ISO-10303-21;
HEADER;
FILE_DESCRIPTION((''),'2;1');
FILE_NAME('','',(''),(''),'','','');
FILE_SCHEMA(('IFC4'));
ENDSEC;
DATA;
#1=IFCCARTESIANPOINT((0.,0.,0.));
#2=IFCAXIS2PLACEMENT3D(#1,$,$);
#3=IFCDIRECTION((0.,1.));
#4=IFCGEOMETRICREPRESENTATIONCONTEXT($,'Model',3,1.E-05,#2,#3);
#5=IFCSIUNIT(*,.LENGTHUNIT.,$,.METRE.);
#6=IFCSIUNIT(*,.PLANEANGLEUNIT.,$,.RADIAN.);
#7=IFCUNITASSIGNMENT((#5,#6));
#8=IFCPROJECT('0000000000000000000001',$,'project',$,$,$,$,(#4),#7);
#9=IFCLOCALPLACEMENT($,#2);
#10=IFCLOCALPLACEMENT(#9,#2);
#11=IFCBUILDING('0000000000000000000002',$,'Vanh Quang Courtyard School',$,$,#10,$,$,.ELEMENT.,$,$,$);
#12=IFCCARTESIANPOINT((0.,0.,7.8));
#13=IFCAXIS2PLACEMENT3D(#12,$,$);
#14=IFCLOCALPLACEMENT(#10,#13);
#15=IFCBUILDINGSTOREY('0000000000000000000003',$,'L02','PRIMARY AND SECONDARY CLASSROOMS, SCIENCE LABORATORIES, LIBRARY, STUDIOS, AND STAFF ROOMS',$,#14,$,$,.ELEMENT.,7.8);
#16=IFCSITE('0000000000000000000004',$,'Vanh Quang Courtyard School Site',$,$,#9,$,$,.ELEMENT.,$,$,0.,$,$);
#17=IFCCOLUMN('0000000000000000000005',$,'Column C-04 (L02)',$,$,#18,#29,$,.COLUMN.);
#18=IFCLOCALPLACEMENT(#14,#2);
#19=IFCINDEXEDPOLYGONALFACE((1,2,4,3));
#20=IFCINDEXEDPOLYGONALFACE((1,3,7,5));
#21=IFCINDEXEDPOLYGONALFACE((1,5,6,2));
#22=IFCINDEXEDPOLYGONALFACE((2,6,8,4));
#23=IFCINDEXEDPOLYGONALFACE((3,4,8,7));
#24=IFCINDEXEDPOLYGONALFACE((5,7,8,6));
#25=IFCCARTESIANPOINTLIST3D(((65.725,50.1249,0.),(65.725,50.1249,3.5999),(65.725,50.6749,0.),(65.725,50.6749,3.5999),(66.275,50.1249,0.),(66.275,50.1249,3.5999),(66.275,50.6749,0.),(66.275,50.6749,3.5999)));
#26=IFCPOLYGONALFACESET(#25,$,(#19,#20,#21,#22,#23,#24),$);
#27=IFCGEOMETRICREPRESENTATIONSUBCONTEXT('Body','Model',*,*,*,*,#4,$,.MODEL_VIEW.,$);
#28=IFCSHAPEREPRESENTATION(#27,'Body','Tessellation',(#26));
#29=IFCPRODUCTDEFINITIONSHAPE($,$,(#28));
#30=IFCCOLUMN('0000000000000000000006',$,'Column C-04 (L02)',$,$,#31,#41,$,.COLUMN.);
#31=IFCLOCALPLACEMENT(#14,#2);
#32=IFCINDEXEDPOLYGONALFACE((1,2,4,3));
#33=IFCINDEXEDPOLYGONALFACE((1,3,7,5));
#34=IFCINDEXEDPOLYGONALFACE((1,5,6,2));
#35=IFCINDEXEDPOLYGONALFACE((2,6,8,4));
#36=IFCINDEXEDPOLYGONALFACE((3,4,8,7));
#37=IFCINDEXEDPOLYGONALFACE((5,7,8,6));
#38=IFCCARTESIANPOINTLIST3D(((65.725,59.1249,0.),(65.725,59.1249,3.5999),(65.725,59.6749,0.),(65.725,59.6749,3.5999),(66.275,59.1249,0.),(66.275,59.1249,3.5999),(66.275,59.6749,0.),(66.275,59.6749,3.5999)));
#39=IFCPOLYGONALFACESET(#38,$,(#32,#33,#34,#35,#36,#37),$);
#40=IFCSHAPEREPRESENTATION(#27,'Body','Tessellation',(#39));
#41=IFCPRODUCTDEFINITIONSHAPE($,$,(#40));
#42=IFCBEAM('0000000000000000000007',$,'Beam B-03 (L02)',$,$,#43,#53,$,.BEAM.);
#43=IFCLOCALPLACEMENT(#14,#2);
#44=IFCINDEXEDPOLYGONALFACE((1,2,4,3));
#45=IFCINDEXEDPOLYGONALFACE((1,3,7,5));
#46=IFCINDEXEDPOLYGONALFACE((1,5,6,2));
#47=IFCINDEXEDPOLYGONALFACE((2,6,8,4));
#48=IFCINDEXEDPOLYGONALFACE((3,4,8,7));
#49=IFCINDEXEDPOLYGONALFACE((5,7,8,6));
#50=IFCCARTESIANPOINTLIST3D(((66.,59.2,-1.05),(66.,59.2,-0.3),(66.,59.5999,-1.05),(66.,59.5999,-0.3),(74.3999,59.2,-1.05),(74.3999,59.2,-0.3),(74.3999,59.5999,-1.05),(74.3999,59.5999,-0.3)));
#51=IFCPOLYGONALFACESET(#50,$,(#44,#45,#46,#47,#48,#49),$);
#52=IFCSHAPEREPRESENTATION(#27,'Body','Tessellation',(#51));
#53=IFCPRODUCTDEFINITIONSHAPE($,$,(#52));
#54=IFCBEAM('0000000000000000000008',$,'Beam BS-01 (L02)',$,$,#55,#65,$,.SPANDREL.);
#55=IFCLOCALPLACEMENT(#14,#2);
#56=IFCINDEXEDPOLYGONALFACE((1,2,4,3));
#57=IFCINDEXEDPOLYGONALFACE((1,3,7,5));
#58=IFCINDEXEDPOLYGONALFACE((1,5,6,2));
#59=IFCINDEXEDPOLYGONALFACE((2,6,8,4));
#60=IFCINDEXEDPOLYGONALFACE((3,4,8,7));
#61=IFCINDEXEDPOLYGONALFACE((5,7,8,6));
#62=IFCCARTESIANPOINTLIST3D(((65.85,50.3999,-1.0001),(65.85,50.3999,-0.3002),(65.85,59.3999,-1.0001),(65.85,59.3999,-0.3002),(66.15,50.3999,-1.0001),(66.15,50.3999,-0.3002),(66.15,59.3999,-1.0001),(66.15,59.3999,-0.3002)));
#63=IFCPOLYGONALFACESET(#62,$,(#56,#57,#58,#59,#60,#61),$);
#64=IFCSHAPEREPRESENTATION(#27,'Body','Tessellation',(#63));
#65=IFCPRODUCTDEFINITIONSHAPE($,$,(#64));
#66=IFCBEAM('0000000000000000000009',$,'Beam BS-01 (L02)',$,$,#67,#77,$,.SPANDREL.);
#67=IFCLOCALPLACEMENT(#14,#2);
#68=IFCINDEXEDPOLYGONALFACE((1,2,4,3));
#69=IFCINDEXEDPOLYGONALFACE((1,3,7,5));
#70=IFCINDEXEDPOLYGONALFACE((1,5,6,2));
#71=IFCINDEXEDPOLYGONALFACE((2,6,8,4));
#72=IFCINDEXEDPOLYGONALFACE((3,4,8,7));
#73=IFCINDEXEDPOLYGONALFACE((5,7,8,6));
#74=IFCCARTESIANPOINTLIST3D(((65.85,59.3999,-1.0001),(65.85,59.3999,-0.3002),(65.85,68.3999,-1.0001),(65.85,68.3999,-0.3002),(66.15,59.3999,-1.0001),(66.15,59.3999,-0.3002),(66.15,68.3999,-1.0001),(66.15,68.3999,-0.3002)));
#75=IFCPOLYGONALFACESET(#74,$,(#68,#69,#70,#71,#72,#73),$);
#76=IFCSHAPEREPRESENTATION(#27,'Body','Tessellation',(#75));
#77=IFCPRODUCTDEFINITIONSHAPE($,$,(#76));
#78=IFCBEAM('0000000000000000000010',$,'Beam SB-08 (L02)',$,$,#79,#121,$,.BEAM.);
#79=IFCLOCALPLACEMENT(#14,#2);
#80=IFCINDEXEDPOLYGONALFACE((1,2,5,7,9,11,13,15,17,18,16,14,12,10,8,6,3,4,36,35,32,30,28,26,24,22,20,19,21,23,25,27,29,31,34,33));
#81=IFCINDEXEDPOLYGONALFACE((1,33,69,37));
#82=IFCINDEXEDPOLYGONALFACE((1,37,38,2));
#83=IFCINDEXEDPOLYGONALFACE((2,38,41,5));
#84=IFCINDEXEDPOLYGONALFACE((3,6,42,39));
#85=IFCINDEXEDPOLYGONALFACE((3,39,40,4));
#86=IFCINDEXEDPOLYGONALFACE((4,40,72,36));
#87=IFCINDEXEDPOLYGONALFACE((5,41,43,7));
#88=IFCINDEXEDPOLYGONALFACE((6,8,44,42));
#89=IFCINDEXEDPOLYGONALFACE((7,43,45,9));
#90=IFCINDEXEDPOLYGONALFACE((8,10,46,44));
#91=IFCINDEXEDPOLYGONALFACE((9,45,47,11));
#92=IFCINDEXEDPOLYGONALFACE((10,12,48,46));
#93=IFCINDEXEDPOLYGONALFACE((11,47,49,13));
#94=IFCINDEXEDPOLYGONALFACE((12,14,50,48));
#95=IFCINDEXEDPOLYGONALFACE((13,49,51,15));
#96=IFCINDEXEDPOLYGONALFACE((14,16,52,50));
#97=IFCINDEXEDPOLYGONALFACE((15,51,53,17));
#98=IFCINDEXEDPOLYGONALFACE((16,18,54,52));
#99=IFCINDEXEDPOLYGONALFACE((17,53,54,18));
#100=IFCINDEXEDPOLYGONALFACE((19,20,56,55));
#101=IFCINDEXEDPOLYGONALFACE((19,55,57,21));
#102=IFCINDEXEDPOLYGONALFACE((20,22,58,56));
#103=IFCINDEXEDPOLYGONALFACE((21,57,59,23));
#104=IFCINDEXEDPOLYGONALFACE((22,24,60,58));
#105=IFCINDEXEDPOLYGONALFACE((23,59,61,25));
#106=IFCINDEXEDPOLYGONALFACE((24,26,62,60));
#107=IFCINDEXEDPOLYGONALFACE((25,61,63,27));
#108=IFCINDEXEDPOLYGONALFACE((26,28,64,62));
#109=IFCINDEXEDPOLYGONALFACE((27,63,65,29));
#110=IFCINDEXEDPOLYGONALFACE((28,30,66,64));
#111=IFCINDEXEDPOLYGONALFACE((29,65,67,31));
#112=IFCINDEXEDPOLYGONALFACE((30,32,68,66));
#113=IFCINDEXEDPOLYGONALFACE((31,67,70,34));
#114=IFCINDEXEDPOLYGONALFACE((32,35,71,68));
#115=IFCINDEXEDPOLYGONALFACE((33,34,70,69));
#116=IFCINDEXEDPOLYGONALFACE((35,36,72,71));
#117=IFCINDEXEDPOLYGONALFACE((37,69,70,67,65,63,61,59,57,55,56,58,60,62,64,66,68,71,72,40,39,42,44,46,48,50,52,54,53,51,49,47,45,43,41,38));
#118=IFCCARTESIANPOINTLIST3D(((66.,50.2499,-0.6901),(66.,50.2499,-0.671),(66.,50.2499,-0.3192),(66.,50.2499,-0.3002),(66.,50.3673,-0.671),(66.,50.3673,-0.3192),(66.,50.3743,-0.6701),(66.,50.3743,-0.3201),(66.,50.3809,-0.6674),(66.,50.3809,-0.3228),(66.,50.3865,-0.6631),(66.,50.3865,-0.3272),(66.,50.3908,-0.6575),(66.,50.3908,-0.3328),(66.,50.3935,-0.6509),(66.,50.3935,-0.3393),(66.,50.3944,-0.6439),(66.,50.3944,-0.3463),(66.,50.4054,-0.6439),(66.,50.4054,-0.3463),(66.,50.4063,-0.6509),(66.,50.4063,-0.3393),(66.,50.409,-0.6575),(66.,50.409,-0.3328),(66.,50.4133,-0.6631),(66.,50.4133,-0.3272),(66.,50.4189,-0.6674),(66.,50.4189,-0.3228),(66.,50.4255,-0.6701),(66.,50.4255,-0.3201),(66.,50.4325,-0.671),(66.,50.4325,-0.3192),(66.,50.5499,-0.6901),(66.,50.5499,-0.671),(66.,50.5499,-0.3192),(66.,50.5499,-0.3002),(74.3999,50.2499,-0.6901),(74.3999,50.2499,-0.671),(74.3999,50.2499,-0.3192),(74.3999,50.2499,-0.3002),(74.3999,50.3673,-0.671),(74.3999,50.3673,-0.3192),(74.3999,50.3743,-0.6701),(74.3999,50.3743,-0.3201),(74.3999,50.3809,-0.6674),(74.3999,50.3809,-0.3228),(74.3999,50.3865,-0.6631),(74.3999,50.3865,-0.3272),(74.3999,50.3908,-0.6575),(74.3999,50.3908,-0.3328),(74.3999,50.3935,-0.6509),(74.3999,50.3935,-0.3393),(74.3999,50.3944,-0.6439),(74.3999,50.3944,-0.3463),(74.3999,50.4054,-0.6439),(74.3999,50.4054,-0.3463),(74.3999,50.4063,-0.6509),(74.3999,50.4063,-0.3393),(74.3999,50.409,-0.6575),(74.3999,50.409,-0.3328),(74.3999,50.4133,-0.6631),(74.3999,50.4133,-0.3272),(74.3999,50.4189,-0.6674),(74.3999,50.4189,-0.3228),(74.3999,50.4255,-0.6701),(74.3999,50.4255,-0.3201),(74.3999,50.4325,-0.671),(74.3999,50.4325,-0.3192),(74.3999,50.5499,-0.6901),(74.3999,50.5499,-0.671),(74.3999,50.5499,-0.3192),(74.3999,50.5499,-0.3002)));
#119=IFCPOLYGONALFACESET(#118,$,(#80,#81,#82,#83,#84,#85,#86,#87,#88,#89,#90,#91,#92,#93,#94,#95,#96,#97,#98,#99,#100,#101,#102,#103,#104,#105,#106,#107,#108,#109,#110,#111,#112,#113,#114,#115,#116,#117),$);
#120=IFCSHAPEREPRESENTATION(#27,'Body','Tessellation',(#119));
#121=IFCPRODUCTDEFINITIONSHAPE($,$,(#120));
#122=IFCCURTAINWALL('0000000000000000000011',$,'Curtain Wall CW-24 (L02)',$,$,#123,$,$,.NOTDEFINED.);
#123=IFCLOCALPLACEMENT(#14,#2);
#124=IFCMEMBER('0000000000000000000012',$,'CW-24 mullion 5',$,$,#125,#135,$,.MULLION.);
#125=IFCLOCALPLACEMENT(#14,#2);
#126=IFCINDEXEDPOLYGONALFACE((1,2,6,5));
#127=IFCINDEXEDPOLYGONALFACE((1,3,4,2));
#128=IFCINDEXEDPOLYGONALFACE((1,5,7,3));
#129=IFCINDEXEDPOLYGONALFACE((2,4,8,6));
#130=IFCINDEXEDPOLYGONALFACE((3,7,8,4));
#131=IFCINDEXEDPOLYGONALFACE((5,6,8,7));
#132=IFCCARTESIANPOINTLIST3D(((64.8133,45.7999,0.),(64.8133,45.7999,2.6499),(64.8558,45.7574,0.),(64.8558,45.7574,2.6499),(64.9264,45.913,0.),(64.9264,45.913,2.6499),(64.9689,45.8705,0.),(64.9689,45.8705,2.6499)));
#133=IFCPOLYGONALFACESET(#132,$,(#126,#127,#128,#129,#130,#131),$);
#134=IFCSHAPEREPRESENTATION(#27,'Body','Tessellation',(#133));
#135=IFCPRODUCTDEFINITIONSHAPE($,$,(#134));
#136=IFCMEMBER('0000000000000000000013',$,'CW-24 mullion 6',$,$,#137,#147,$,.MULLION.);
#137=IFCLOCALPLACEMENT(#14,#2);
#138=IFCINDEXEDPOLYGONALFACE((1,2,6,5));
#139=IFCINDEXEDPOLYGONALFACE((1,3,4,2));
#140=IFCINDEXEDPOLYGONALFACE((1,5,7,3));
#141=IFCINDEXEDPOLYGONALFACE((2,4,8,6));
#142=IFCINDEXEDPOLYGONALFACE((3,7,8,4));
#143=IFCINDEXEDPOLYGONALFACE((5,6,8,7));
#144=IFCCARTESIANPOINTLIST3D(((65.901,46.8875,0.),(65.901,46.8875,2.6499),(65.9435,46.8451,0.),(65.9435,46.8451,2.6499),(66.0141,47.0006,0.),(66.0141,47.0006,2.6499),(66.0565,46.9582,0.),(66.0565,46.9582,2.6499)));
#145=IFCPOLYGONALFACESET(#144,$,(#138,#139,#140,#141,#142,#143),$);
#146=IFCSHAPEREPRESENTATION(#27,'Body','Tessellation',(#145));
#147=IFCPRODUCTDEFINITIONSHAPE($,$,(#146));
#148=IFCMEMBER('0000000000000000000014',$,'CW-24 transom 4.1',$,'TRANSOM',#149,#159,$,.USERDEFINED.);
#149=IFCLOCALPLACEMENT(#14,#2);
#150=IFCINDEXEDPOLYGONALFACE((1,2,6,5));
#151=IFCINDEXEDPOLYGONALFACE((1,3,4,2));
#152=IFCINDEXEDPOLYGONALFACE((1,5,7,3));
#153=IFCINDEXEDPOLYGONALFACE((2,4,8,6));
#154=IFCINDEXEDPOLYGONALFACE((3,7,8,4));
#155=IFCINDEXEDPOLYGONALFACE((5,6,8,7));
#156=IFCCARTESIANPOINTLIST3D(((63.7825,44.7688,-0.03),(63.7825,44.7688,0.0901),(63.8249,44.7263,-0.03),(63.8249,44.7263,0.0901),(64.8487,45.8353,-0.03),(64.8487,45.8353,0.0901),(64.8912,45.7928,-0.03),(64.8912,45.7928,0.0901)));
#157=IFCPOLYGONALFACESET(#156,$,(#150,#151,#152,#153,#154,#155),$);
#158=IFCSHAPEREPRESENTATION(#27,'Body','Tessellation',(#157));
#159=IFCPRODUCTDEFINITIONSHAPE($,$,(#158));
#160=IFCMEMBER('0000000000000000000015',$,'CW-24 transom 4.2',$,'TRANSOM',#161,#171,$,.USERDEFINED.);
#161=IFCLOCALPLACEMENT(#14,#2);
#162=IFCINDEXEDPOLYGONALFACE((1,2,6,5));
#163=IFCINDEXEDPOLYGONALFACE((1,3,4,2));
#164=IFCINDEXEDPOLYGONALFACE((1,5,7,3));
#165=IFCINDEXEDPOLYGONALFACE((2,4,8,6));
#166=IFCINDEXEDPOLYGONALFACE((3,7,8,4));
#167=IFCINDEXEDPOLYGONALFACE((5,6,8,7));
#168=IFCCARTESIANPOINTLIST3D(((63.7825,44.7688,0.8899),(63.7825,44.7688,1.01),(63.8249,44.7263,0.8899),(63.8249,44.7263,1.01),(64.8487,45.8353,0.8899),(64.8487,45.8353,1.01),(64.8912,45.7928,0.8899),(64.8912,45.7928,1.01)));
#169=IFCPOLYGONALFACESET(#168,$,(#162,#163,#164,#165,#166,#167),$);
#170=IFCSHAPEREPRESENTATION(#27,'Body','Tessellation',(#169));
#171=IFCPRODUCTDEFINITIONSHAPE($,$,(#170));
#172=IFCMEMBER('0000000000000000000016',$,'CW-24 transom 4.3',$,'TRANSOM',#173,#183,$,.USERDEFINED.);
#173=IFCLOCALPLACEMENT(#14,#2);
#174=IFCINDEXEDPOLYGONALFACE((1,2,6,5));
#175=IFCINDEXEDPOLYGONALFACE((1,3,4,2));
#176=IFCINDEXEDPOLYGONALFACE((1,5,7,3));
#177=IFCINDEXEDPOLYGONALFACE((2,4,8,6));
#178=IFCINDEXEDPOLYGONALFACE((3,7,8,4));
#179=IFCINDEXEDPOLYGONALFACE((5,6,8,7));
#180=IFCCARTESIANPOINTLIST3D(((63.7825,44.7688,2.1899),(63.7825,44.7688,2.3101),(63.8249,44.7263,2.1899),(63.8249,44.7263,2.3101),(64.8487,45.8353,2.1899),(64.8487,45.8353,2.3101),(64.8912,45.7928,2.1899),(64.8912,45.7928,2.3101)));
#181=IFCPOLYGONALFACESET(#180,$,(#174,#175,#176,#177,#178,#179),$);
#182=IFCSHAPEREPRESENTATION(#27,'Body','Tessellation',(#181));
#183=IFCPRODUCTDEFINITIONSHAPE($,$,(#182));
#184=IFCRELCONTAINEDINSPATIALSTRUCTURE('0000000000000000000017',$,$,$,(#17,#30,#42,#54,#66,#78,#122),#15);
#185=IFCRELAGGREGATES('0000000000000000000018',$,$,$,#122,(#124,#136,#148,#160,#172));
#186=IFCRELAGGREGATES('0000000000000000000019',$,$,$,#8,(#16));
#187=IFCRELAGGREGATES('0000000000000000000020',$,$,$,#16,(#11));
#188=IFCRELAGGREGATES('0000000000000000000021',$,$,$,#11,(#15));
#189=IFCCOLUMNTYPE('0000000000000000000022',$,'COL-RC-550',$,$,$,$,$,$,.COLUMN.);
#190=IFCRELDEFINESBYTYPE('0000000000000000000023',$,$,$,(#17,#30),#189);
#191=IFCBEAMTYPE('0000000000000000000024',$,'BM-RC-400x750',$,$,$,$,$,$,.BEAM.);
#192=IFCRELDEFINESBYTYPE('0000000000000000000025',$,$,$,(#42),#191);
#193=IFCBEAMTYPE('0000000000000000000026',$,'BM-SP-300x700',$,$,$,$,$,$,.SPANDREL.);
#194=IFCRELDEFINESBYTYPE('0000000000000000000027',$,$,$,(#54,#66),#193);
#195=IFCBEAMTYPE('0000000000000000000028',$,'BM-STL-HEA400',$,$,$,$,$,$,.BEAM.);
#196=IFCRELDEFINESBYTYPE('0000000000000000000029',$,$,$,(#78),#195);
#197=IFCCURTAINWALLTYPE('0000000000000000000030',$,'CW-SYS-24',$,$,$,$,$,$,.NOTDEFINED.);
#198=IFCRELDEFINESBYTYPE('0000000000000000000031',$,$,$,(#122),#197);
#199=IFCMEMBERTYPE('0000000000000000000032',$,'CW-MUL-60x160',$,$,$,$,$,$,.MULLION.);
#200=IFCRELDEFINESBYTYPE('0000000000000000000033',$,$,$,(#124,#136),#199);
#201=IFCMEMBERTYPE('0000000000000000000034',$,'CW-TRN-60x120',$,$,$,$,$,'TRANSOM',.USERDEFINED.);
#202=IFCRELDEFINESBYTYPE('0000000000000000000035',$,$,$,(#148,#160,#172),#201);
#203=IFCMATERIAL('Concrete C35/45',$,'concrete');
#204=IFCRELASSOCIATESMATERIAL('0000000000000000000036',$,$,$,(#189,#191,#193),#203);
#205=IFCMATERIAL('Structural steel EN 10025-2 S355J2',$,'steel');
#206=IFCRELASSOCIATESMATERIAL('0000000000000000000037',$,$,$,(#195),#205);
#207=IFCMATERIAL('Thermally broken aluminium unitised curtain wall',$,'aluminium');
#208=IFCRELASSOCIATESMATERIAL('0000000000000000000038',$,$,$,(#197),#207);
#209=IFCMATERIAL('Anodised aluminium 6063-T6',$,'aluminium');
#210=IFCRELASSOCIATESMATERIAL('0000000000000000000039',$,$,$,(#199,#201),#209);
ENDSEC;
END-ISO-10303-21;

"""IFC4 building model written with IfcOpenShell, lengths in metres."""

from ifc_helpers import new_model, si_unit, direction, frame, origin, origin_2d, place, context, subcontext, project, spatial, rectangle, i_section, extrude, material, material_profile, profile_set, type_object, element, aggregate, save


model = new_model("IFC4")

# Units and contexts
model_context = context("Model", 3, precision=1e-05, world=origin(), true_north=direction((0.0, 1.0)))
body_context = subcontext(model_context, "Body", "Model", "MODEL_VIEW")
ifc_project = project(units=[si_unit("LENGTHUNIT", "METRE"), si_unit("PLANEANGLEUNIT", "RADIAN")], contexts=[model_context])

# Site, building, storey
site_placement = place(None, origin())
site = spatial("IfcSite", under=ifc_project, at=site_placement, Name="Vanh Quang Courtyard School Site", CompositionType="ELEMENT", RefElevation=0.0)
building_placement = place(site_placement, origin())
building = spatial("IfcBuilding", under=site, at=building_placement, Name="Vanh Quang Courtyard School", CompositionType="ELEMENT")
storey_placement = place(building_placement, frame((0.0, 0.0, 7.8)))
storey = spatial("IfcBuildingStorey", under=building, at=storey_placement, Name="L02", Description="PRIMARY AND SECONDARY CLASSROOMS, SCIENCE LABORATORIES, LIBRARY, STUDIOS, AND STAFF ROOMS", CompositionType="ELEMENT", Elevation=7.8)

# Columns
ifc_material_1 = material(Name="Concrete C35/45", Category="concrete")
ifc_material_profile_1 = material_profile(ifc_material_1, rectangle(XDim=0.55, YDim=0.55, at=origin_2d()), Name="RC-COL 550x550")
ifc_profile_set_1 = profile_set([ifc_material_profile_1], Name="Concrete C35/45")
column_type = type_object("IfcColumnType", Name="COL-RC-550", PredefinedType="COLUMN", material=ifc_profile_set_1)
for number, where, z_axis, x_axis, name in (
    (1, (66.0, 50.3999, 0.0), (0.0, 0.0, 1.0), (1.0, 0.0, 0.0), "Column C-04 (L02)"),
    (2, (66.0, 59.3999, 0.0), (0.0, 0.0, 1.0), (1.0, 0.0, 0.0), "Column C-04 (L02)"),
):
    element("IfcColumn", number, at=place(storey_placement, frame(where, z_axis=z_axis, x_axis=x_axis)), inside=storey, type_object=column_type, Name=name, PredefinedType="COLUMN", context=body_context, shape_type="SweptSolid", body=[
        extrude(rectangle(XDim=0.55, YDim=0.55, at=origin_2d()), origin(), (0.0, 0.0, 1.0), 3.5999),
    ])

# Beams
ifc_material_profile_2 = material_profile(ifc_material_1, rectangle(XDim=0.3999, YDim=0.75, at=origin_2d()), Name="RC-BM 400x750")
ifc_profile_set_2 = profile_set([ifc_material_profile_2], Name="Concrete C35/45")
beam_type_1 = type_object("IfcBeamType", Name="BM-RC-400x750", PredefinedType="BEAM", material=ifc_profile_set_2)
beam_1_placement = place(storey_placement, frame((66.0, 59.3999, -0.675), z_axis=(1.0, 0.0, 0.0), x_axis=(0.0, 1.0, 0.0)))
element("IfcBeam", 3, at=beam_1_placement, inside=storey, type_object=beam_type_1, Name="Beam B-03 (L02)", PredefinedType="BEAM", context=body_context, shape_type="SweptSolid", body=[
    extrude(rectangle(XDim=0.3999, YDim=0.75, at=origin_2d()), origin(), (0.0, 0.0, 1.0), 8.3999),
])
ifc_material_profile_3 = material_profile(ifc_material_1, rectangle(XDim=0.3, YDim=0.7, at=origin_2d()), Name="RC-SP 300x700")
ifc_profile_set_3 = profile_set([ifc_material_profile_3], Name="Concrete C35/45")
beam_type_2 = type_object("IfcBeamType", Name="BM-SP-300x700", PredefinedType="SPANDREL", material=ifc_profile_set_3)
for number, where, z_axis, x_axis, name in (
    (4, (66.0, 50.3999, -0.6501), (0.0, 1.0, 0.0), (-1.0, 0.0, 0.0), "Beam BS-01 (L02)"),
    (5, (66.0, 59.3999, -0.6501), (0.0, 1.0, 0.0), (-1.0, 0.0, 0.0), "Beam BS-01 (L02)"),
):
    element("IfcBeam", number, at=place(storey_placement, frame(where, z_axis=z_axis, x_axis=x_axis)), inside=storey, type_object=beam_type_2, Name=name, PredefinedType="SPANDREL", context=body_context, shape_type="SweptSolid", body=[
        extrude(rectangle(XDim=0.3, YDim=0.7, at=origin_2d()), origin(), (0.0, 0.0, 1.0), 9.0),
    ])
ifc_material_2 = material(Name="Structural steel EN 10025-2 S355J2", Category="steel")
ifc_material_profile_4 = material_profile(ifc_material_2, i_section(OverallWidth=0.3, OverallDepth=0.3899, WebThickness=0.011, FlangeThickness=0.019, FilletRadius=0.0271, at=origin_2d()), Name="HEA 400")
ifc_profile_set_4 = profile_set([ifc_material_profile_4], Name="Structural steel EN 10025-2 S355J2")
beam_type_3 = type_object("IfcBeamType", Name="BM-STL-HEA400", PredefinedType="BEAM", material=ifc_profile_set_4)
beam_2_placement = place(storey_placement, frame((66.0, 50.3999, -0.4951), z_axis=(1.0, 0.0, 0.0), x_axis=(0.0, 1.0, 0.0)))
element("IfcBeam", 6, at=beam_2_placement, inside=storey, type_object=beam_type_3, Name="Beam SB-08 (L02)", PredefinedType="BEAM", context=body_context, shape_type="SweptSolid", body=[
    extrude(i_section(OverallWidth=0.3, OverallDepth=0.3899, WebThickness=0.011, FlangeThickness=0.019, FilletRadius=0.0271, at=origin_2d()), origin(), (0.0, 0.0, 1.0), 8.3999),
])

# Curtain wall, members
ifc_material_3 = material(Name="Thermally broken aluminium unitised curtain wall", Category="aluminium")
curtain_wall_type = type_object("IfcCurtainWallType", Name="CW-SYS-24", PredefinedType="NOTDEFINED", material=ifc_material_3)
curtain_wall_placement = place(storey_placement, origin())
curtain_wall = element("IfcCurtainWall", 7, at=curtain_wall_placement, inside=storey, type_object=curtain_wall_type, Name="Curtain Wall CW-24 (L02)", PredefinedType="NOTDEFINED")
ifc_material_4 = material(Name="Anodised aluminium 6063-T6", Category="aluminium")
ifc_material_profile_5 = material_profile(ifc_material_4, rectangle(XDim=0.0601, YDim=0.1599, at=origin_2d()), Name="ALU-MUL 60x160")
ifc_profile_set_5 = profile_set([ifc_material_profile_5], Name="Anodised aluminium 6063-T6")
member_type_1 = type_object("IfcMemberType", Name="CW-MUL-60x160", PredefinedType="MULLION", material=ifc_profile_set_5)
member_1_placement = place(storey_placement, frame((64.8911, 45.8352, 0.0), z_axis=(0.0, 0.0, 1.0), x_axis=(-0.707107, 0.707107, 0.0)))
member_1 = element("IfcMember", 8, at=member_1_placement, type_object=member_type_1, Name="CW-24 mullion 5", PredefinedType="MULLION", context=body_context, shape_type="SweptSolid", body=[
    extrude(rectangle(XDim=0.0601, YDim=0.1599, at=origin_2d()), origin(), (0.0, 0.0, 1.0), 2.6499),
])
member_2_placement = place(storey_placement, frame((65.9788, 46.9229, 0.0), z_axis=(0.0, 0.0, 1.0), x_axis=(-0.707107, 0.707107, 0.0)))
member_2 = element("IfcMember", 9, at=member_2_placement, type_object=member_type_1, Name="CW-24 mullion 6", PredefinedType="MULLION", context=body_context, shape_type="SweptSolid", body=[
    extrude(rectangle(XDim=0.0601, YDim=0.1599, at=origin_2d()), origin(), (0.0, 0.0, 1.0), 2.6499),
])
ifc_material_profile_6 = material_profile(ifc_material_4, rectangle(XDim=0.0601, YDim=0.1201, at=origin_2d()), Name="ALU-TRN 60x120")
ifc_profile_set_6 = profile_set([ifc_material_profile_6], Name="Anodised aluminium 6063-T6")
member_type_2 = type_object("IfcMemberType", Name="CW-TRN-60x120", ElementType="TRANSOM", PredefinedType="USERDEFINED", material=ifc_profile_set_6)
member_3_placement = place(storey_placement, frame((63.8037, 44.7476, 0.03), z_axis=(0.707026, 0.707188, 0.0), x_axis=(-0.707188, 0.707026, 0.0)))
member_3 = element("IfcMember", 10, at=member_3_placement, type_object=member_type_2, Name="CW-24 transom 4.1", ObjectType="TRANSOM", PredefinedType="USERDEFINED", context=body_context, shape_type="SweptSolid", body=[
    extrude(rectangle(XDim=0.0601, YDim=0.1201, at=origin_2d()), origin(), (0.0, 0.0, 1.0), 1.5081),
])
member_4_placement = place(storey_placement, frame((63.8037, 44.7476, 0.95), z_axis=(0.707026, 0.707188, 0.0), x_axis=(-0.707188, 0.707026, 0.0)))
member_4 = element("IfcMember", 11, at=member_4_placement, type_object=member_type_2, Name="CW-24 transom 4.2", ObjectType="TRANSOM", PredefinedType="USERDEFINED", context=body_context, shape_type="SweptSolid", body=[
    extrude(rectangle(XDim=0.0601, YDim=0.1201, at=origin_2d()), origin(), (0.0, 0.0, 1.0), 1.5081),
])
member_5_placement = place(storey_placement, frame((63.8037, 44.7476, 2.25), z_axis=(0.707026, 0.707188, 0.0), x_axis=(-0.707188, 0.707026, 0.0)))
member_5 = element("IfcMember", 12, at=member_5_placement, type_object=member_type_2, Name="CW-24 transom 4.3", ObjectType="TRANSOM", PredefinedType="USERDEFINED", context=body_context, shape_type="SweptSolid", body=[
    extrude(rectangle(XDim=0.0601, YDim=0.1201, at=origin_2d()), origin(), (0.0, 0.0, 1.0), 1.5081),
])
aggregate(curtain_wall, [member_1, member_2, member_3, member_4, member_5])

save(model, "model.ifc")
